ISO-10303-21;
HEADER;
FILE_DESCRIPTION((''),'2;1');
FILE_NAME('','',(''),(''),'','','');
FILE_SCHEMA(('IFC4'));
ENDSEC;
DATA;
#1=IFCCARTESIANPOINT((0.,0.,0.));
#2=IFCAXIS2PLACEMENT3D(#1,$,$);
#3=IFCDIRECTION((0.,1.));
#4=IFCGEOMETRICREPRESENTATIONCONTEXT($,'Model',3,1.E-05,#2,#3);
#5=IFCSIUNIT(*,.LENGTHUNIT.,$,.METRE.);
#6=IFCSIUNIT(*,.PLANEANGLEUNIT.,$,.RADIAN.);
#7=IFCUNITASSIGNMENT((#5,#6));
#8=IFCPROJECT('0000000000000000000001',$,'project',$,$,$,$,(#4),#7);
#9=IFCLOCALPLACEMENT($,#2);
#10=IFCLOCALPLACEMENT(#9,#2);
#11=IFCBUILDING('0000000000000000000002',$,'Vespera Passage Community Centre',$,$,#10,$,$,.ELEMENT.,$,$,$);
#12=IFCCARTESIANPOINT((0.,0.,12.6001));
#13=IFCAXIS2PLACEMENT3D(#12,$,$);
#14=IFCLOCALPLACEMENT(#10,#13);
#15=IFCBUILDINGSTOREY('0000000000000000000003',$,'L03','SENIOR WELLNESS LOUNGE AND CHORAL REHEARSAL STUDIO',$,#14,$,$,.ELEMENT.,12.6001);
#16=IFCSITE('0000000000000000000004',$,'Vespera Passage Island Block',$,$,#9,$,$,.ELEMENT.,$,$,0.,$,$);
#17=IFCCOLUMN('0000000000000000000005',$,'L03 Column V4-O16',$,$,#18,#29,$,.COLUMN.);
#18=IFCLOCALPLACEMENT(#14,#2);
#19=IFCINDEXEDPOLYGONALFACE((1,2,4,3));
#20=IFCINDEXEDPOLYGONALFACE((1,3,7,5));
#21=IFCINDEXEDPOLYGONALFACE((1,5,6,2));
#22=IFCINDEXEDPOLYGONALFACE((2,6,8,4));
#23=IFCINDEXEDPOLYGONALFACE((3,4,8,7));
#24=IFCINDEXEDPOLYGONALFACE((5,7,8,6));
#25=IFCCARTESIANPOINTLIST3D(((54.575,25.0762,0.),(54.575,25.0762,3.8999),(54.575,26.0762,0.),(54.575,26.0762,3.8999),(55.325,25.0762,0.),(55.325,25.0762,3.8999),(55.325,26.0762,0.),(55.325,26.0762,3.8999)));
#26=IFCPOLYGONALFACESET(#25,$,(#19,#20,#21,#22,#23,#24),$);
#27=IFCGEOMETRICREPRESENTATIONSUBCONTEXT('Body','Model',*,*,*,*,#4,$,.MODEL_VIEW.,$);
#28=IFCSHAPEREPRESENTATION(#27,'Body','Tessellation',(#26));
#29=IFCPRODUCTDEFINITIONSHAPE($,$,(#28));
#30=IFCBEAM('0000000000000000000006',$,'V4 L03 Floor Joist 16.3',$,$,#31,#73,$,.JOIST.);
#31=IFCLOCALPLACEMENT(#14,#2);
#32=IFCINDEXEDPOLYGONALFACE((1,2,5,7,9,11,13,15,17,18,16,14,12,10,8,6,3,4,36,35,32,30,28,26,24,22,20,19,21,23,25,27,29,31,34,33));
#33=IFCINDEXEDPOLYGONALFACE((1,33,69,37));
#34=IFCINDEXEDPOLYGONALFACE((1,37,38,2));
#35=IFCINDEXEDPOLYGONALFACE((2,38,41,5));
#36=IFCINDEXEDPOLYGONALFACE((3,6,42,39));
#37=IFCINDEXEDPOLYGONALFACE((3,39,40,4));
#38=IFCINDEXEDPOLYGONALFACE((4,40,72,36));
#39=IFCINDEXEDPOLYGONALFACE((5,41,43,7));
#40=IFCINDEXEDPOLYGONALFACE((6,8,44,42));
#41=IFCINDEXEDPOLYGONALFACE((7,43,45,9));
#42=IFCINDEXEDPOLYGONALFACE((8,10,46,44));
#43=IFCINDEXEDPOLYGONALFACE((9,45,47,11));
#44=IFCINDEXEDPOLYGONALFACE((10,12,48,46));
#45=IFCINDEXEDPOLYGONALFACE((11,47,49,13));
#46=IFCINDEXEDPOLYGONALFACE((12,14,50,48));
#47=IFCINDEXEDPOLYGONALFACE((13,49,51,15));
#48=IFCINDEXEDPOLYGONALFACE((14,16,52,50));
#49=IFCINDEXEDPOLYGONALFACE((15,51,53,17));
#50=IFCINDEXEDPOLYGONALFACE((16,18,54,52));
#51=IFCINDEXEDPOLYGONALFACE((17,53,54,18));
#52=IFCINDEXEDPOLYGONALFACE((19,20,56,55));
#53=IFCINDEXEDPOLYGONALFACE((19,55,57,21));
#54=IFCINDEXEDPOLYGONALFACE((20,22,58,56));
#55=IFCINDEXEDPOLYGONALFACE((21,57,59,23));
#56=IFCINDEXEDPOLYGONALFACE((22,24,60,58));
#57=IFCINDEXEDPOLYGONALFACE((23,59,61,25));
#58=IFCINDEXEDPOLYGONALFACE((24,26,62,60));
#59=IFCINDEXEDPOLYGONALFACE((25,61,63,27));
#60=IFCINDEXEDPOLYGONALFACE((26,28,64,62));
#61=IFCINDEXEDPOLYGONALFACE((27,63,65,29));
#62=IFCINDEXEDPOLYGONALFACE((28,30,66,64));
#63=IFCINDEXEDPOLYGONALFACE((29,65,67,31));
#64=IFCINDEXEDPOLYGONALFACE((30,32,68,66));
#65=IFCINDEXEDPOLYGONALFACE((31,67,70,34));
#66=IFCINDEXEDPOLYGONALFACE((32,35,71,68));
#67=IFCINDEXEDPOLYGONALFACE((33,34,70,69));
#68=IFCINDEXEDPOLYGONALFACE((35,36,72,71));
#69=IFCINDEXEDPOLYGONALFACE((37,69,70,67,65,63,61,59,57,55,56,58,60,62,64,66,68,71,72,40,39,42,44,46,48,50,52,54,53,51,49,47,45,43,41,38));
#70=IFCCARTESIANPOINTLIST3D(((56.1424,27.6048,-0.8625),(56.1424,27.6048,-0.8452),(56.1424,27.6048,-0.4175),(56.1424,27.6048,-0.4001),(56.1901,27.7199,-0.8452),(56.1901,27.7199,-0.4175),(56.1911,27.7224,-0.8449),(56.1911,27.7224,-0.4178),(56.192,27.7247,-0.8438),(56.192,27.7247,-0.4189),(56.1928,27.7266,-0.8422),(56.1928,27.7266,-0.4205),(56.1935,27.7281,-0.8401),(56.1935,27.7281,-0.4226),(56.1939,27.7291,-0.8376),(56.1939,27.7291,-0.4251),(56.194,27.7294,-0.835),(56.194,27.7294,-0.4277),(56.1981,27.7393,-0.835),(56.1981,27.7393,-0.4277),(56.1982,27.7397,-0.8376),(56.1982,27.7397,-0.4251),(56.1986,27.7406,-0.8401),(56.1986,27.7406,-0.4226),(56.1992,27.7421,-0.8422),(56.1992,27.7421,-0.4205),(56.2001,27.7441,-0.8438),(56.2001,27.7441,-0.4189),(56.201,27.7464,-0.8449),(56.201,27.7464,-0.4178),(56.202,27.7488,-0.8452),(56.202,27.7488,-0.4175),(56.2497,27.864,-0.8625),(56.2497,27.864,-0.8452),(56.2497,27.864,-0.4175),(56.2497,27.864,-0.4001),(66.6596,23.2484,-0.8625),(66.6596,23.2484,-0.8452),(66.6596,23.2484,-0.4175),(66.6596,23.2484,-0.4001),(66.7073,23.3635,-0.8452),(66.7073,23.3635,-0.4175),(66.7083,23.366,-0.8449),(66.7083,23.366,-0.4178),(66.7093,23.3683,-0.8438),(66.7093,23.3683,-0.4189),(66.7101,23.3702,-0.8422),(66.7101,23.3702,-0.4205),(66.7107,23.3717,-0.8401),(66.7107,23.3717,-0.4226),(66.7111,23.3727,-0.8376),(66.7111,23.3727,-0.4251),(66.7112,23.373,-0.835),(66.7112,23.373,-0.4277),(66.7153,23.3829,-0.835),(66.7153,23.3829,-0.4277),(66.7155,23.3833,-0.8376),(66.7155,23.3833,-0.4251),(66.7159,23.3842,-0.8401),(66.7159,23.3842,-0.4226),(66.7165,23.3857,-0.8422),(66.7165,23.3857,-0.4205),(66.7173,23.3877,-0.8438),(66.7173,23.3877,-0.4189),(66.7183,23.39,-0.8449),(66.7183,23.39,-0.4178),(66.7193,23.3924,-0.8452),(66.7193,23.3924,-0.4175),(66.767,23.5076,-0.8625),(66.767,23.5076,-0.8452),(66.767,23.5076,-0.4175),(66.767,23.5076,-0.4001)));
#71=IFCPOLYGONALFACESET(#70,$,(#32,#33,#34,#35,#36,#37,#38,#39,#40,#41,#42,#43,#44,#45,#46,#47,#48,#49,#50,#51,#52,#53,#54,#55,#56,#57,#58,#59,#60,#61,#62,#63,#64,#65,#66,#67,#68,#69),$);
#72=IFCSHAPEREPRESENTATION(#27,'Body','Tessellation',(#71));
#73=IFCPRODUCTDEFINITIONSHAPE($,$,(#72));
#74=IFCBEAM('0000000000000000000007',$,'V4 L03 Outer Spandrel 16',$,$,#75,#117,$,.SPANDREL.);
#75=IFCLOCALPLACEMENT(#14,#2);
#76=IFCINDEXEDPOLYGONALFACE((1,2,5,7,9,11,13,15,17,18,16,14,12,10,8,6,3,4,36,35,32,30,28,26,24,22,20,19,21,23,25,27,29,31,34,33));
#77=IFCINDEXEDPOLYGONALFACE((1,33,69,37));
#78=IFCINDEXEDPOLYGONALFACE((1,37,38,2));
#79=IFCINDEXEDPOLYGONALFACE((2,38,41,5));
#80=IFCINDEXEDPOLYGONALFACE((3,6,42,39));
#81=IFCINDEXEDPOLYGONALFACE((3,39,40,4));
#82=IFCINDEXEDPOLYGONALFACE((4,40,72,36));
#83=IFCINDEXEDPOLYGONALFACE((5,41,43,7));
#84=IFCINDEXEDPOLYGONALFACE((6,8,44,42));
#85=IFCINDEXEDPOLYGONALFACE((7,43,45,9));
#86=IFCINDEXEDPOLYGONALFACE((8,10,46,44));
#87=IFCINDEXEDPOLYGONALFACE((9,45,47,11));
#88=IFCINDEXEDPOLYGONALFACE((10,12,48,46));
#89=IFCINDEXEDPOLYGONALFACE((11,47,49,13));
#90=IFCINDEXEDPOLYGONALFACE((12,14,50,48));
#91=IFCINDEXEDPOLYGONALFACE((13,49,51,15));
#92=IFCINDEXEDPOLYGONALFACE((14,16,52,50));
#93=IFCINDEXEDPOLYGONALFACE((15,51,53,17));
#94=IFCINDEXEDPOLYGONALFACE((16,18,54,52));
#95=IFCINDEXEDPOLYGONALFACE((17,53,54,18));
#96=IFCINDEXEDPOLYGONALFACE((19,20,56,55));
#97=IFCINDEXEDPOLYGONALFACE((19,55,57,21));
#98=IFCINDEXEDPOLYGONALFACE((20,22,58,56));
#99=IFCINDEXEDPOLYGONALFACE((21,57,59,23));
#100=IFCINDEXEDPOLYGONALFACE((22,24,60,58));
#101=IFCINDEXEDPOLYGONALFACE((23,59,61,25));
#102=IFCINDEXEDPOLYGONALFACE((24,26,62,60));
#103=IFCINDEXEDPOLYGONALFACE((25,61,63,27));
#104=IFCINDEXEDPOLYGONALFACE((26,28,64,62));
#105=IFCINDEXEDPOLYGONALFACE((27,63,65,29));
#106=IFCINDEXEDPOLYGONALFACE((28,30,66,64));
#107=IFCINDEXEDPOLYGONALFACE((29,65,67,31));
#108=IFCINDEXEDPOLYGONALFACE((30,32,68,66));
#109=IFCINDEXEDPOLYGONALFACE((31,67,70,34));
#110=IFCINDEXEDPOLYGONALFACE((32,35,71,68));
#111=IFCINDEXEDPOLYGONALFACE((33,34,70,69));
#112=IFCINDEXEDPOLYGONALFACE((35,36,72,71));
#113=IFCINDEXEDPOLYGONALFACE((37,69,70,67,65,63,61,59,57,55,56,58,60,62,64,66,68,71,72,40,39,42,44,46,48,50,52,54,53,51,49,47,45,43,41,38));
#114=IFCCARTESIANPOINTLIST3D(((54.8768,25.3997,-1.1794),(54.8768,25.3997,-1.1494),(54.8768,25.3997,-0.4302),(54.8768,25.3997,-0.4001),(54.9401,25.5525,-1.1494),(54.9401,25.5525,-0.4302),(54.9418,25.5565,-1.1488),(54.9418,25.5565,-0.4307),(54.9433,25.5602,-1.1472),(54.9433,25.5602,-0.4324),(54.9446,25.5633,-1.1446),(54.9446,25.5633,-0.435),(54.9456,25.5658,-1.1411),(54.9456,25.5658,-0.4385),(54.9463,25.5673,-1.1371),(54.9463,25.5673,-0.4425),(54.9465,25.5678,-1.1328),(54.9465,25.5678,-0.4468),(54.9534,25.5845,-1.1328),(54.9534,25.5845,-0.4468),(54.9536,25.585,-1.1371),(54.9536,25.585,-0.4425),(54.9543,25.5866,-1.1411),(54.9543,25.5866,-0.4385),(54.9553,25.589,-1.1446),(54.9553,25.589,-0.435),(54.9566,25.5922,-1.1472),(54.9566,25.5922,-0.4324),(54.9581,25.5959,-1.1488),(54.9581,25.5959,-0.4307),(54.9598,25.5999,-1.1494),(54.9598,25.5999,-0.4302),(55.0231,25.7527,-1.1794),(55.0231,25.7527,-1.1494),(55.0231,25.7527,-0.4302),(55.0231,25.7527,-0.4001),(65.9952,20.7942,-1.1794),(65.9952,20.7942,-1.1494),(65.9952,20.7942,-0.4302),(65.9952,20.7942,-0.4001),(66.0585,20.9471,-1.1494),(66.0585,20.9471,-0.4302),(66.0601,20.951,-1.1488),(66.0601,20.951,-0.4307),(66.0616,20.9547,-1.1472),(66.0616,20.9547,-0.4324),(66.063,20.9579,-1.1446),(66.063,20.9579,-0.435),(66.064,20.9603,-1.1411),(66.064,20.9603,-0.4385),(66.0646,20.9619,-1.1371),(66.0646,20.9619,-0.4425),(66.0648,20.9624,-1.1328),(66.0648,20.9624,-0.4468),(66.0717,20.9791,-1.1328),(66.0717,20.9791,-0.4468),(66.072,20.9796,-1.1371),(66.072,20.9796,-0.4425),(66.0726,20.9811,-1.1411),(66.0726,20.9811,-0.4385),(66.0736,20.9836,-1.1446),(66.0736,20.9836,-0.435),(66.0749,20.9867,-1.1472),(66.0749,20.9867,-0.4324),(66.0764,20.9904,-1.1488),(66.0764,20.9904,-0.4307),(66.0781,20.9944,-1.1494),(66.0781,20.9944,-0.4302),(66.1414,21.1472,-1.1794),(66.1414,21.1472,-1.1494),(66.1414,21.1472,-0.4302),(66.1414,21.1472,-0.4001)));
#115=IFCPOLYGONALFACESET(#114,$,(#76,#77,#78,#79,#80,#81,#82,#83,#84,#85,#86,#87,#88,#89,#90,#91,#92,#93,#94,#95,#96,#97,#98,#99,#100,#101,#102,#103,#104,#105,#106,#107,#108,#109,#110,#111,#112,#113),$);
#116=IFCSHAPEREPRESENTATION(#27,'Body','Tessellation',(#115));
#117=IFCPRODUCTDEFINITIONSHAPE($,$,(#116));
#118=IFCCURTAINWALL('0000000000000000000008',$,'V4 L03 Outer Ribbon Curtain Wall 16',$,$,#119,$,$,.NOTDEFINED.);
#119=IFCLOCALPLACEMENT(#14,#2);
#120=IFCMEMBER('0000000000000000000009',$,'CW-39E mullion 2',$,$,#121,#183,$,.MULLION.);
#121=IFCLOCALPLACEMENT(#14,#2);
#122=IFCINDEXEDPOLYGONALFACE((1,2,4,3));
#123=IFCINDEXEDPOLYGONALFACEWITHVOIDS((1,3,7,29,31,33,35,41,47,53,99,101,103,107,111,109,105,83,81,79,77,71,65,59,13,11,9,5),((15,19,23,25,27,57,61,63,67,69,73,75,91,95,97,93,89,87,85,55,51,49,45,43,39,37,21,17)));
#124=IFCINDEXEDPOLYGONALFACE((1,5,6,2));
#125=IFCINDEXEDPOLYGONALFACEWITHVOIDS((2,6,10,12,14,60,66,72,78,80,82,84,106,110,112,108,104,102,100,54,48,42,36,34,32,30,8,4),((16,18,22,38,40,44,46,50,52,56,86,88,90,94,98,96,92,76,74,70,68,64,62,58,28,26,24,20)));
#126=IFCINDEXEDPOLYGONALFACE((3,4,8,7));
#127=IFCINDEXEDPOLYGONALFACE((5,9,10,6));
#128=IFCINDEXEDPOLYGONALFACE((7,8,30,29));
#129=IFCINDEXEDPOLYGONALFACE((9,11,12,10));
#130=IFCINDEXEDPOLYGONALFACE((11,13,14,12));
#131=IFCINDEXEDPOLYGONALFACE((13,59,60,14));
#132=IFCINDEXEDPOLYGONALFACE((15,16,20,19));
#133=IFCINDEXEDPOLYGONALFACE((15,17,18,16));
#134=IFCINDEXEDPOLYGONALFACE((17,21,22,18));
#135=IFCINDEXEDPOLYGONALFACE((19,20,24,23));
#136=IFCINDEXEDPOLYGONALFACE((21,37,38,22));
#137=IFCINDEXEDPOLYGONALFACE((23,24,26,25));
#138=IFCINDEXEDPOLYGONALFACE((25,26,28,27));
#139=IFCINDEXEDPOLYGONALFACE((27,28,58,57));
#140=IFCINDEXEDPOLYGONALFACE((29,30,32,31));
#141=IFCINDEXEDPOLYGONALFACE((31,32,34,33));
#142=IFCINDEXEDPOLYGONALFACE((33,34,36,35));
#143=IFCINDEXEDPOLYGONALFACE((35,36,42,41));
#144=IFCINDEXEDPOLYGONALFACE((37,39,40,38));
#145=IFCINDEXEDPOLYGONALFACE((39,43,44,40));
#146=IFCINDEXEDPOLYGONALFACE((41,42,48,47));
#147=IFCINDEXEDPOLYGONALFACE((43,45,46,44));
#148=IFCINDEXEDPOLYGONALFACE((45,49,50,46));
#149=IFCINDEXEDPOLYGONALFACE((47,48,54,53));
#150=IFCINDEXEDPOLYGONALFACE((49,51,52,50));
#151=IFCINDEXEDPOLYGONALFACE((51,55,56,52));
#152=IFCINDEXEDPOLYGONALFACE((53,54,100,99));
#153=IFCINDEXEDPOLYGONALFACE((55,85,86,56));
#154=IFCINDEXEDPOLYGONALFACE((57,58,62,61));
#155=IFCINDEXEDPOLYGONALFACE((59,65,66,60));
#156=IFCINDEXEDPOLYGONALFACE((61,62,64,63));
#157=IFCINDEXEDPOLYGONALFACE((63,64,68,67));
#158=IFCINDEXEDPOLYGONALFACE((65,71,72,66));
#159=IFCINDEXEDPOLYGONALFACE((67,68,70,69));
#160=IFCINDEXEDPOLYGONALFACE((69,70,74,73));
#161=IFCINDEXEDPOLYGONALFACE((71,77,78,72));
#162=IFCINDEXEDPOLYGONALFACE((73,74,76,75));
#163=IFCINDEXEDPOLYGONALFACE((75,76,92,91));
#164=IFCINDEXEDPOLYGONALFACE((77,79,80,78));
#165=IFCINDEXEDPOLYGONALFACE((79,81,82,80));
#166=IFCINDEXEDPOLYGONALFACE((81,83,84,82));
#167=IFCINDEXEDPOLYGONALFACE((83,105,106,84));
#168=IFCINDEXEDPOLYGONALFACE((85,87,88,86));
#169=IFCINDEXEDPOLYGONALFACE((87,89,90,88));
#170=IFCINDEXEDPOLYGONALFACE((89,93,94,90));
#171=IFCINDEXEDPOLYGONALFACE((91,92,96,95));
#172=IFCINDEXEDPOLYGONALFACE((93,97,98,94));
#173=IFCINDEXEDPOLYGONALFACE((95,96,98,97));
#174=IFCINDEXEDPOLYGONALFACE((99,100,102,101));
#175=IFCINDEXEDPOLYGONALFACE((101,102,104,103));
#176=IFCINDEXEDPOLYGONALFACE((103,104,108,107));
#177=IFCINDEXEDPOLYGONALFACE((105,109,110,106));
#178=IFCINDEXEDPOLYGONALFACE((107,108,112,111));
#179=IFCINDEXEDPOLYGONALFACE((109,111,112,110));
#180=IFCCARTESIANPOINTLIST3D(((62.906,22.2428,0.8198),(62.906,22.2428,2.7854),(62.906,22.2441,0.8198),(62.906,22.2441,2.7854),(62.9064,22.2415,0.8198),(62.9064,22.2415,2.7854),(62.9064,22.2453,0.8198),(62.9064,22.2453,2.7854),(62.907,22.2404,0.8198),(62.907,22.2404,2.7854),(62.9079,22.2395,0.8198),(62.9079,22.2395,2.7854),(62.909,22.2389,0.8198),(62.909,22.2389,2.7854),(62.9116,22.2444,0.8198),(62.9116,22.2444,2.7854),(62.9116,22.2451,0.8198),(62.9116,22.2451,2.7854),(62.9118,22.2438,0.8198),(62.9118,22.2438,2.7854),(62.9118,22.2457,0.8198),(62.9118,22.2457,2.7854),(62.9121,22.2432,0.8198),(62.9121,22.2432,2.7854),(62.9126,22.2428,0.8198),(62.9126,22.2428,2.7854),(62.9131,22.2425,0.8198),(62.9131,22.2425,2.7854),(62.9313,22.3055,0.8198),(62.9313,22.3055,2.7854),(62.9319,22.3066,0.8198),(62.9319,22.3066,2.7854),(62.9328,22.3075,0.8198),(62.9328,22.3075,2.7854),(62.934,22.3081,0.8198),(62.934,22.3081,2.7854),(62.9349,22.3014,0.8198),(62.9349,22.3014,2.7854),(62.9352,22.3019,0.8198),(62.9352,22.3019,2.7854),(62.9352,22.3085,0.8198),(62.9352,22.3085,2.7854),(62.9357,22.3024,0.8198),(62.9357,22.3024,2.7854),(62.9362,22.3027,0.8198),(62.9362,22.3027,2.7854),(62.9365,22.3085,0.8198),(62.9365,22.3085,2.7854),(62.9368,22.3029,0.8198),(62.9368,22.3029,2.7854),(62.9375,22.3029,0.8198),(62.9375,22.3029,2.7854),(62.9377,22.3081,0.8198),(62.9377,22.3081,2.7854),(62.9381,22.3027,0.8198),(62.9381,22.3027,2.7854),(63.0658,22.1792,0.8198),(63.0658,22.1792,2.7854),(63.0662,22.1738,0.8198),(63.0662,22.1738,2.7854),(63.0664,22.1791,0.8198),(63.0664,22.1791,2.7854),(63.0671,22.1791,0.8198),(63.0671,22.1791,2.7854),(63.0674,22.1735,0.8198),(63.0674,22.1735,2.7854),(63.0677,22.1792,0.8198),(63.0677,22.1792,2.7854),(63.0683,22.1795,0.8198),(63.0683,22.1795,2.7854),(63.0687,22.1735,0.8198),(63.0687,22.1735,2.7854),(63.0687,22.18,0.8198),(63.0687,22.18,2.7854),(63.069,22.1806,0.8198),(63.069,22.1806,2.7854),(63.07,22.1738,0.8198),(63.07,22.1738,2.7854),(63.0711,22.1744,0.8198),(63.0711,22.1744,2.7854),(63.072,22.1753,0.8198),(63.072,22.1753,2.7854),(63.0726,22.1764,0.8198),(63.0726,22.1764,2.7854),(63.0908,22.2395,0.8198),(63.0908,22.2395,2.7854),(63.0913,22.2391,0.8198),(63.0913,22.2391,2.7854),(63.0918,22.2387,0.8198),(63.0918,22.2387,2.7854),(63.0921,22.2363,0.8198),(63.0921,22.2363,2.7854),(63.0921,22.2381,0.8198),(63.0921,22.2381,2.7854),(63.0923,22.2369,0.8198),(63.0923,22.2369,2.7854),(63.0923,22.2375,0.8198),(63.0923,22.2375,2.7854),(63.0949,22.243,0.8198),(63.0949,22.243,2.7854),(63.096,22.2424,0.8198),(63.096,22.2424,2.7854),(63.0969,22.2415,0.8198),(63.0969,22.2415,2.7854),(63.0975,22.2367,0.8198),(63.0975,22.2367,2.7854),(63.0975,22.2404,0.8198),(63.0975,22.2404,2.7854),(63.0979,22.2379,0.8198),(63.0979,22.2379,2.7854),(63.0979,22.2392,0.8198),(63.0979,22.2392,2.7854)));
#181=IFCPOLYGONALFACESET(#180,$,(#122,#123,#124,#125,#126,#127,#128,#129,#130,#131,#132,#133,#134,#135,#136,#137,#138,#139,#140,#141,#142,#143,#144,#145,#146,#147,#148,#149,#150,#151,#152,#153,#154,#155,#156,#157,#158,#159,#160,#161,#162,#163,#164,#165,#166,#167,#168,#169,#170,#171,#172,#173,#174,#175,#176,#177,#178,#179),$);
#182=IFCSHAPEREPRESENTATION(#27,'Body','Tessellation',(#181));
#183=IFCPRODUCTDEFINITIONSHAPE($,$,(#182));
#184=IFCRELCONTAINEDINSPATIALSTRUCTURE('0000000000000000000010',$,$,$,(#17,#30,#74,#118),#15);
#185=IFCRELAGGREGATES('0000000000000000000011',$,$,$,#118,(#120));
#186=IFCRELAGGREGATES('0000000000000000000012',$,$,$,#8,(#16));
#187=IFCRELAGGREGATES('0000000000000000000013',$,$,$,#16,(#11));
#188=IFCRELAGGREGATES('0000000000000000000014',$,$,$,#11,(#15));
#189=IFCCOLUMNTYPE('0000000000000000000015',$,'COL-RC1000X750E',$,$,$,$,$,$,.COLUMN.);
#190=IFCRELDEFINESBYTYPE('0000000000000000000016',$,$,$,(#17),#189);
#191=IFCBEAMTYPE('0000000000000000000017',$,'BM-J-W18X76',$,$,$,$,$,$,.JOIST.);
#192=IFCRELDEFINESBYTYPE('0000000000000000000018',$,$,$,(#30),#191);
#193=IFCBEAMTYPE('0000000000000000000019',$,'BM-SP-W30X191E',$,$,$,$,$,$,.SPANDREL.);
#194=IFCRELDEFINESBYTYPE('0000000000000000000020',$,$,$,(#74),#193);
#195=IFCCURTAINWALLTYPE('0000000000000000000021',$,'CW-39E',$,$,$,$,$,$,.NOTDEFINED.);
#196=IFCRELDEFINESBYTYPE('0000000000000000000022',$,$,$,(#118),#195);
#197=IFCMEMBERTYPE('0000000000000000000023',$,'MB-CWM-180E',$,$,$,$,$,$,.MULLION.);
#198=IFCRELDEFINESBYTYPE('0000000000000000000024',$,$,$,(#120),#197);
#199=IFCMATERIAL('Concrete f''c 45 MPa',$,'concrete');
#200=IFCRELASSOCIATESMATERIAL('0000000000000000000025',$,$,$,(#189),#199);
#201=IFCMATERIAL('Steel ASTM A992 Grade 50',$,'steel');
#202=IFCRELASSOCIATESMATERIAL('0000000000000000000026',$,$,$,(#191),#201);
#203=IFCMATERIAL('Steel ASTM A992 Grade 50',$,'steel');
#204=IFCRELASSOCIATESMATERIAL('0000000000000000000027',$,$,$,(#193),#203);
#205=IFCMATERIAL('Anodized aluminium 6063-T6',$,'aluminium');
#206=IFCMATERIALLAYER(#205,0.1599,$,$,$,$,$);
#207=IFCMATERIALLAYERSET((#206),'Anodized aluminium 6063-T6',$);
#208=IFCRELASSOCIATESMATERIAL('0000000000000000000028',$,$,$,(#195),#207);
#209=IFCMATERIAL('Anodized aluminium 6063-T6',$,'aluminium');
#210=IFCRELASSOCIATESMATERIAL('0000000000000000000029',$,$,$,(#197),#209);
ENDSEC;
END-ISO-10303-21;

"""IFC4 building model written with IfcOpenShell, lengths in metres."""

from ifc_helpers import new_model, si_unit, direction, frame, origin, origin_2d, place, context, subcontext, project, spatial, rectangle, hollow_rectangle, i_section, extrude, material, layer, layer_set, material_profile, profile_set, type_object, element, aggregate, save


model = new_model("IFC4")

# Units and contexts
model_context = context("Model", 3, precision=1e-05, world=origin(), true_north=direction((0.0, 1.0)))
body_context = subcontext(model_context, "Body", "Model", "MODEL_VIEW")
ifc_project = project(units=[si_unit("LENGTHUNIT", "METRE"), si_unit("PLANEANGLEUNIT", "RADIAN")], contexts=[model_context])

# Site, building, storey
site_placement = place(None, origin())
site = spatial("IfcSite", under=ifc_project, at=site_placement, Name="Vespera Passage Island Block", CompositionType="ELEMENT", RefElevation=0.0)
building_placement = place(site_placement, origin())
building = spatial("IfcBuilding", under=site, at=building_placement, Name="Vespera Passage Community Centre", CompositionType="ELEMENT")
storey_placement = place(building_placement, frame((0.0, 0.0, 12.6001)))
storey = spatial("IfcBuildingStorey", under=building, at=storey_placement, Name="L03", Description="SENIOR WELLNESS LOUNGE AND CHORAL REHEARSAL STUDIO", CompositionType="ELEMENT", Elevation=12.6001)

# Column
ifc_material_1 = material(Name="Concrete f'c 45 MPa", Category="concrete")
ifc_material_profile_1 = material_profile(ifc_material_1, rectangle(XDim=0.75, YDim=1.0, at=origin_2d()), Name="RC1000X750")
ifc_profile_set_1 = profile_set([ifc_material_profile_1], Name="Concrete f'c 45 MPa")
column_type = type_object("IfcColumnType", Name="COL-RC1000X750E", PredefinedType="COLUMN", material=ifc_profile_set_1)
column_placement = place(storey_placement, frame((54.95, 25.5762, 0.0), z_axis=(0.0, 0.0, 1.0), x_axis=(1.0, 0.0, 0.0)))
element("IfcColumn", 1, at=column_placement, inside=storey, type_object=column_type, Name="L03 Column V4-O16", PredefinedType="COLUMN", context=body_context, shape_type="SweptSolid", body=[
    extrude(rectangle(XDim=0.75, YDim=1.0, at=origin_2d()), origin(), (0.0, 0.0, 1.0), 3.8999),
])

# Beams
ifc_material_2 = material(Name="Steel ASTM A992 Grade 50", Category="steel")
ifc_material_profile_2 = material_profile(ifc_material_2, i_section(OverallWidth=0.2805, OverallDepth=0.4624, WebThickness=0.0107, FlangeThickness=0.0173, FilletRadius=0.0103, at=origin_2d()), Name="W18X76")
ifc_profile_set_2 = profile_set([ifc_material_profile_2], Name="Steel ASTM A992 Grade 50")
beam_type_1 = type_object("IfcBeamType", Name="BM-J-W18X76", PredefinedType="JOIST", material=ifc_profile_set_2)
beam_1_placement = place(storey_placement, frame((56.196, 27.7344, -0.6313), z_axis=(0.923879, -0.382685, 0.0), x_axis=(0.382685, 0.923879, 0.0)))
element("IfcBeam", 2, at=beam_1_placement, inside=storey, type_object=beam_type_1, Name="V4 L03 Floor Joist 16.3", PredefinedType="JOIST", context=body_context, shape_type="SweptSolid", body=[
    extrude(i_section(OverallWidth=0.2805, OverallDepth=0.4624, WebThickness=0.0107, FlangeThickness=0.0173, FilletRadius=0.0103, at=origin_2d()), origin(), (0.0, 0.0, 1.0), 11.3838),
])
ifc_material_3 = material(Name="Steel ASTM A992 Grade 50", Category="steel")
ifc_material_profile_3 = material_profile(ifc_material_3, i_section(OverallWidth=0.3821, OverallDepth=0.7793, WebThickness=0.0181, FlangeThickness=0.03, FilletRadius=0.0166, at=origin_2d()), Name="W30X191")
ifc_profile_set_3 = profile_set([ifc_material_profile_3], Name="Steel ASTM A992 Grade 50")
beam_type_2 = type_object("IfcBeamType", Name="BM-SP-W30X191E", PredefinedType="SPANDREL", material=ifc_profile_set_3)
beam_2_placement = place(storey_placement, frame((54.95, 25.5762, -0.7898), z_axis=(0.923877, -0.382689, 0.0), x_axis=(0.382689, 0.923877, 0.0)))
element("IfcBeam", 3, at=beam_2_placement, inside=storey, type_object=beam_type_2, Name="V4 L03 Outer Spandrel 16", PredefinedType="SPANDREL", context=body_context, shape_type="SweptSolid", body=[
    extrude(i_section(OverallWidth=0.3821, OverallDepth=0.7793, WebThickness=0.0181, FlangeThickness=0.03, FilletRadius=0.0166, at=origin_2d()), origin(), (0.0, 0.0, 1.0), 12.0344),
])

# Curtain wall, member
ifc_material_4 = material(Name="Anodized aluminium 6063-T6", Category="aluminium")
ifc_layer_1 = layer(ifc_material_4, 0.1599)
ifc_layer_set_1 = layer_set([ifc_layer_1], Name="Anodized aluminium 6063-T6")
curtain_wall_type = type_object("IfcCurtainWallType", Name="CW-39E", PredefinedType="NOTDEFINED", material=ifc_layer_set_1)
curtain_wall_placement = place(storey_placement, origin())
curtain_wall = element("IfcCurtainWall", 4, at=curtain_wall_placement, inside=storey, type_object=curtain_wall_type, Name="V4 L03 Outer Ribbon Curtain Wall 16", PredefinedType="NOTDEFINED")
ifc_material_5 = material(Name="Anodized aluminium 6063-T6", Category="aluminium")
ifc_material_profile_4 = material_profile(ifc_material_5, hollow_rectangle(XDim=0.075, YDim=0.1799, WallThickness=0.0049, InnerFilletRadius=0.0024, OuterFilletRadius=0.0049, at=origin_2d()), Name="ALU180X75X5")
ifc_profile_set_4 = profile_set([ifc_material_profile_4], Name="Anodized aluminium 6063-T6")
member_type_1 = type_object("IfcMemberType", Name="MB-CWM-180E", PredefinedType="MULLION", material=ifc_profile_set_4)
member_1_placement = place(storey_placement, frame((63.002, 22.241, 0.8198), z_axis=(0.0, 0.0, 1.0), x_axis=(-0.382683, -0.92388, 0.0)))
member_1 = element("IfcMember", 5, at=member_1_placement, type_object=member_type_1, Name="CW-39E mullion 2", PredefinedType="MULLION", context=body_context, shape_type="SweptSolid", body=[
    extrude(hollow_rectangle(XDim=0.075, YDim=0.1799, WallThickness=0.0049, InnerFilletRadius=0.0024, OuterFilletRadius=0.0049, at=origin_2d()), origin(), (0.0, 0.0, 1.0), 1.9656),
])
aggregate(curtain_wall, [member_1])

save(model, "model.ifc")
